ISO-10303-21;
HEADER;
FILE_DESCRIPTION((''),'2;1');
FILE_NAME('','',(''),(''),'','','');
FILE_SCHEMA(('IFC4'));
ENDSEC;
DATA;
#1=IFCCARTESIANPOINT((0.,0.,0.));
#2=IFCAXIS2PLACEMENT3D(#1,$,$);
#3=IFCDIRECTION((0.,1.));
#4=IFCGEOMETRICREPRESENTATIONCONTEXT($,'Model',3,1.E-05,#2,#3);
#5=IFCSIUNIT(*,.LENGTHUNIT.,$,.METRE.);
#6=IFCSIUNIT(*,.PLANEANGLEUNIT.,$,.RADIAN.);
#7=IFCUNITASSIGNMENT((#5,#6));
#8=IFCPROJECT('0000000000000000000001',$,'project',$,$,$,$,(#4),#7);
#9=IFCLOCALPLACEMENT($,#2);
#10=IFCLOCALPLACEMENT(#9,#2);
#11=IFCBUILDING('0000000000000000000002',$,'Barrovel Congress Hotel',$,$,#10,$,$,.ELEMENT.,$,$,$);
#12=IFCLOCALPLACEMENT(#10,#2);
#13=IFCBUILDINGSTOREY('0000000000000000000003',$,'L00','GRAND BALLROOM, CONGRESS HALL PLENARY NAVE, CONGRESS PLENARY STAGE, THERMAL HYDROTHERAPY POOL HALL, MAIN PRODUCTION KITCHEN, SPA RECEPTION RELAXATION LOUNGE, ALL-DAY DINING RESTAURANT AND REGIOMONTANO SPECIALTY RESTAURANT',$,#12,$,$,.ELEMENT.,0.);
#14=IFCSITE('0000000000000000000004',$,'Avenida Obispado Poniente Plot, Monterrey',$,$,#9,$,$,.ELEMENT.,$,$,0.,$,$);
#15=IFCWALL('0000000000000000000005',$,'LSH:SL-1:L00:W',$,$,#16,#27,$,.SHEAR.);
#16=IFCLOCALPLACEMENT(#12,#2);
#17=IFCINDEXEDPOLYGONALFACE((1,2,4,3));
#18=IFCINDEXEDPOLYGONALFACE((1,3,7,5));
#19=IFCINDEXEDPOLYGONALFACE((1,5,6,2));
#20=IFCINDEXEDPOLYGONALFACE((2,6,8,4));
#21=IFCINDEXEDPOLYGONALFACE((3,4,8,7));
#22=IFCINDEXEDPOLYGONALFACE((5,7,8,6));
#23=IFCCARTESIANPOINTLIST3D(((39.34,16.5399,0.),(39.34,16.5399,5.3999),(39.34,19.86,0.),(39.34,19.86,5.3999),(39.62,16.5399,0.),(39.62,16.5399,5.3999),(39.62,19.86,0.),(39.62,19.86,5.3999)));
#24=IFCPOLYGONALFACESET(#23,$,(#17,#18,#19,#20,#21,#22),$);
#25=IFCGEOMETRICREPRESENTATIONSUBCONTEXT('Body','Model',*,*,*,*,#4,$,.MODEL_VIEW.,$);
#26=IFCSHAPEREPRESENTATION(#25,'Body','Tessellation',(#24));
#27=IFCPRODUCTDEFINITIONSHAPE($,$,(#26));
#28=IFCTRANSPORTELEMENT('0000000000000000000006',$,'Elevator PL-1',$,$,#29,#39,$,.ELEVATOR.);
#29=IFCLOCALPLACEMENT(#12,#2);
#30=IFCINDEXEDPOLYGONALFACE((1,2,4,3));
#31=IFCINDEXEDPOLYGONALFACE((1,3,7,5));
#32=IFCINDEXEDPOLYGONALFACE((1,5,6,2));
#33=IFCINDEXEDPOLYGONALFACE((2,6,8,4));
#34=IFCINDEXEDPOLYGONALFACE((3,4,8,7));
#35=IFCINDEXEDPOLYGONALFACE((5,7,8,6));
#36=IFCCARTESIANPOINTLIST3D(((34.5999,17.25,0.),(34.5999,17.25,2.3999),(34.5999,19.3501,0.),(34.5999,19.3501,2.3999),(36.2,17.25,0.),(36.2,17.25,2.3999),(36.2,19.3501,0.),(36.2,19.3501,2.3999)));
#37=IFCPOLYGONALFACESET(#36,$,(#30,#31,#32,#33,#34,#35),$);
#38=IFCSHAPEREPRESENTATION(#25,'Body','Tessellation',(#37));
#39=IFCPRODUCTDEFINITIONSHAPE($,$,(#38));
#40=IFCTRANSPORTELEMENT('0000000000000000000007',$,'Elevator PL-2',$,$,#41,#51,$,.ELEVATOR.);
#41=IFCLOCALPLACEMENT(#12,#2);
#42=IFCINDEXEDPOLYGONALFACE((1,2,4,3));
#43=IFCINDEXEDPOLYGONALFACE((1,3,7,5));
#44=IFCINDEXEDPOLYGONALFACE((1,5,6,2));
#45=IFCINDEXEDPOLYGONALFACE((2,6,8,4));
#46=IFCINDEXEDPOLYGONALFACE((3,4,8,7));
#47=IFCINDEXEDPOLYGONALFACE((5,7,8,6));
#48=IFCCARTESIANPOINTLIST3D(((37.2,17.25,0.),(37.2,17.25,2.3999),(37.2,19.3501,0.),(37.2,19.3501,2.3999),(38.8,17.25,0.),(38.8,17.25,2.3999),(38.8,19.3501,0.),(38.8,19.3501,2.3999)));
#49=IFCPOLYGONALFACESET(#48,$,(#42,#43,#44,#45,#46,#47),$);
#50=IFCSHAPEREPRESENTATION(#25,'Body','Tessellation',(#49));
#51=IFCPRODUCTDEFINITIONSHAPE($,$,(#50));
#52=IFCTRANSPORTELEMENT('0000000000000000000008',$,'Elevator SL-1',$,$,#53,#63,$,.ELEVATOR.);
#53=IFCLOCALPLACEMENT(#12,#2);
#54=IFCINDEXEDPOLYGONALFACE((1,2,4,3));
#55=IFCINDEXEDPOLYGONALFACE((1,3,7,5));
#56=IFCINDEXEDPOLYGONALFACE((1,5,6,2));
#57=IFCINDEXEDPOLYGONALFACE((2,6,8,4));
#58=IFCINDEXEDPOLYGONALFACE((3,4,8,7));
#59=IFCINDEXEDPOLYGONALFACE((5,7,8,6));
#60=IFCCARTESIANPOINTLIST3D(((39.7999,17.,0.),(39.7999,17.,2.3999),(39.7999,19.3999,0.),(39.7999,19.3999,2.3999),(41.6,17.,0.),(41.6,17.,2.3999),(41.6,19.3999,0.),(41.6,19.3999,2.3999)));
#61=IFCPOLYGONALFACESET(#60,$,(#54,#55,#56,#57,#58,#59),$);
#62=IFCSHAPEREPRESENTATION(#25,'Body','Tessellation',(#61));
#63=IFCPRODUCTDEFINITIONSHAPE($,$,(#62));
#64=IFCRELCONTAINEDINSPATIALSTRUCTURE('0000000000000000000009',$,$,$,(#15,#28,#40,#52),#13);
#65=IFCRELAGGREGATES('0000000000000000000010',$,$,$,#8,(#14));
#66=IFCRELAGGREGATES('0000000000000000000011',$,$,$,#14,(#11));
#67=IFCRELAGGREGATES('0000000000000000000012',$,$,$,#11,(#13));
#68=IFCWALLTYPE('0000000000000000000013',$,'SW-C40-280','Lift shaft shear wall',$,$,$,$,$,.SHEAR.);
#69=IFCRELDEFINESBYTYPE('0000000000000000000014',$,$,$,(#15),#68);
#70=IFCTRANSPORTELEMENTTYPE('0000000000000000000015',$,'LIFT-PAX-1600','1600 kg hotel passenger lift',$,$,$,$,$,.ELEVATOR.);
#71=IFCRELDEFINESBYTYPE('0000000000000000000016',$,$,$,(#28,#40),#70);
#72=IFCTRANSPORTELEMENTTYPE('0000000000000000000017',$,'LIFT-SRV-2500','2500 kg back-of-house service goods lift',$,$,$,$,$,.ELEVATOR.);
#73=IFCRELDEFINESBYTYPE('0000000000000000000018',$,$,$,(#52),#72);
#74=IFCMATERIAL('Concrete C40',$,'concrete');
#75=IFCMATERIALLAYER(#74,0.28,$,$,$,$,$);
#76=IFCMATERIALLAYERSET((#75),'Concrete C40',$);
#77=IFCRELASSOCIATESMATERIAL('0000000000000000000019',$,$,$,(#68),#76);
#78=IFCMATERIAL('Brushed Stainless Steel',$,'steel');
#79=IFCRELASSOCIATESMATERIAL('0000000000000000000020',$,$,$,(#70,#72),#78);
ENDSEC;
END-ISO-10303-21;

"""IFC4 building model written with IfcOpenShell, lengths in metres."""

from ifc_helpers import new_model, si_unit, direction, frame, frame_2d, origin, origin_2d, place, context, subcontext, project, spatial, rectangle, extrude, material, layer, layer_set, type_object, element, save


model = new_model("IFC4")

# Units and contexts
model_context = context("Model", 3, precision=1e-05, world=origin(), true_north=direction((0.0, 1.0)))
body_context = subcontext(model_context, "Body", "Model", "MODEL_VIEW")
ifc_project = project(units=[si_unit("LENGTHUNIT", "METRE"), si_unit("PLANEANGLEUNIT", "RADIAN")], contexts=[model_context])

# Site, building, storey
site_placement = place(None, origin())
site = spatial("IfcSite", under=ifc_project, at=site_placement, Name="Avenida Obispado Poniente Plot, Monterrey", CompositionType="ELEMENT", RefElevation=0.0)
building_placement = place(site_placement, origin())
building = spatial("IfcBuilding", under=site, at=building_placement, Name="Barrovel Congress Hotel", CompositionType="ELEMENT")
storey_placement = place(building_placement, origin())
storey = spatial("IfcBuildingStorey", under=building, at=storey_placement, Name="L00", Description="GRAND BALLROOM, CONGRESS HALL PLENARY NAVE, CONGRESS PLENARY STAGE, THERMAL HYDROTHERAPY POOL HALL, MAIN PRODUCTION KITCHEN, SPA RECEPTION RELAXATION LOUNGE, ALL-DAY DINING RESTAURANT AND REGIOMONTANO SPECIALTY RESTAURANT", CompositionType="ELEMENT", Elevation=0.0)

# Shared definitions
ifc_material_1 = material(Name="Concrete C40", Category="concrete")

# Shared definitions
ifc_layer_1 = layer(ifc_material_1, 0.28)
ifc_layer_set_1 = layer_set([ifc_layer_1], Name="Concrete C40")
wall_type_1 = type_object("IfcWallType", Name="SW-C40-280", Description="Lift shaft shear wall", PredefinedType="SHEAR", material=ifc_layer_set_1)
ifc_material_2 = material(Name="Brushed Stainless Steel", Category="steel")

# Wall
wall_1_placement = place(storey_placement, frame((39.48, 19.8601, 0.0), z_axis=(0.0, 0.0, 1.0), x_axis=(0.0, -1.0, 0.0)))
element("IfcWall", 1, at=wall_1_placement, inside=storey, type_object=wall_type_1, Name="LSH:SL-1:L00:W", PredefinedType="SHEAR", context=body_context, shape_type="SweptSolid", body=[
    extrude(rectangle(XDim=3.3201, YDim=0.28, at=frame_2d((1.6602, 0.0))), origin(), (0.0, 0.0, 1.0), 5.3999),
])

# Transport elements
transport_element_type_1 = type_object("IfcTransportElementType", Name="LIFT-PAX-1600", Description="1600 kg hotel passenger lift", PredefinedType="ELEVATOR", material=ifc_material_2)
for number, where, z_axis, x_axis, name in (
    (2, (35.3999, 18.3, 0.0), (0.0, 0.0, 1.0), (1.0, 0.0, 0.0), "Elevator PL-1"),
    (3, (38.0, 18.3, 0.0), (0.0, 0.0, 1.0), (1.0, 0.0, 0.0), "Elevator PL-2"),
):
    element("IfcTransportElement", number, at=place(storey_placement, frame(where, z_axis=z_axis, x_axis=x_axis)), inside=storey, type_object=transport_element_type_1, Name=name, PredefinedType="ELEVATOR", context=body_context, shape_type="SweptSolid", body=[
        extrude(rectangle(XDim=1.6001, YDim=2.1001, at=origin_2d()), origin(), (0.0, 0.0, 1.0), 2.3999),
    ])
transport_element_type_2 = type_object("IfcTransportElementType", Name="LIFT-SRV-2500", Description="2500 kg back-of-house service goods lift", PredefinedType="ELEVATOR", material=ifc_material_2)
transport_element_placement = place(storey_placement, frame((40.7, 18.2, 0.0), z_axis=(0.0, 0.0, 1.0), x_axis=(1.0, 0.0, 0.0)))
element("IfcTransportElement", 4, at=transport_element_placement, inside=storey, type_object=transport_element_type_2, Name="Elevator SL-1", PredefinedType="ELEVATOR", context=body_context, shape_type="SweptSolid", body=[
    extrude(rectangle(XDim=1.8, YDim=2.3999, at=origin_2d()), origin(), (0.0, 0.0, 1.0), 2.3999),
])

save(model, "model.ifc")
